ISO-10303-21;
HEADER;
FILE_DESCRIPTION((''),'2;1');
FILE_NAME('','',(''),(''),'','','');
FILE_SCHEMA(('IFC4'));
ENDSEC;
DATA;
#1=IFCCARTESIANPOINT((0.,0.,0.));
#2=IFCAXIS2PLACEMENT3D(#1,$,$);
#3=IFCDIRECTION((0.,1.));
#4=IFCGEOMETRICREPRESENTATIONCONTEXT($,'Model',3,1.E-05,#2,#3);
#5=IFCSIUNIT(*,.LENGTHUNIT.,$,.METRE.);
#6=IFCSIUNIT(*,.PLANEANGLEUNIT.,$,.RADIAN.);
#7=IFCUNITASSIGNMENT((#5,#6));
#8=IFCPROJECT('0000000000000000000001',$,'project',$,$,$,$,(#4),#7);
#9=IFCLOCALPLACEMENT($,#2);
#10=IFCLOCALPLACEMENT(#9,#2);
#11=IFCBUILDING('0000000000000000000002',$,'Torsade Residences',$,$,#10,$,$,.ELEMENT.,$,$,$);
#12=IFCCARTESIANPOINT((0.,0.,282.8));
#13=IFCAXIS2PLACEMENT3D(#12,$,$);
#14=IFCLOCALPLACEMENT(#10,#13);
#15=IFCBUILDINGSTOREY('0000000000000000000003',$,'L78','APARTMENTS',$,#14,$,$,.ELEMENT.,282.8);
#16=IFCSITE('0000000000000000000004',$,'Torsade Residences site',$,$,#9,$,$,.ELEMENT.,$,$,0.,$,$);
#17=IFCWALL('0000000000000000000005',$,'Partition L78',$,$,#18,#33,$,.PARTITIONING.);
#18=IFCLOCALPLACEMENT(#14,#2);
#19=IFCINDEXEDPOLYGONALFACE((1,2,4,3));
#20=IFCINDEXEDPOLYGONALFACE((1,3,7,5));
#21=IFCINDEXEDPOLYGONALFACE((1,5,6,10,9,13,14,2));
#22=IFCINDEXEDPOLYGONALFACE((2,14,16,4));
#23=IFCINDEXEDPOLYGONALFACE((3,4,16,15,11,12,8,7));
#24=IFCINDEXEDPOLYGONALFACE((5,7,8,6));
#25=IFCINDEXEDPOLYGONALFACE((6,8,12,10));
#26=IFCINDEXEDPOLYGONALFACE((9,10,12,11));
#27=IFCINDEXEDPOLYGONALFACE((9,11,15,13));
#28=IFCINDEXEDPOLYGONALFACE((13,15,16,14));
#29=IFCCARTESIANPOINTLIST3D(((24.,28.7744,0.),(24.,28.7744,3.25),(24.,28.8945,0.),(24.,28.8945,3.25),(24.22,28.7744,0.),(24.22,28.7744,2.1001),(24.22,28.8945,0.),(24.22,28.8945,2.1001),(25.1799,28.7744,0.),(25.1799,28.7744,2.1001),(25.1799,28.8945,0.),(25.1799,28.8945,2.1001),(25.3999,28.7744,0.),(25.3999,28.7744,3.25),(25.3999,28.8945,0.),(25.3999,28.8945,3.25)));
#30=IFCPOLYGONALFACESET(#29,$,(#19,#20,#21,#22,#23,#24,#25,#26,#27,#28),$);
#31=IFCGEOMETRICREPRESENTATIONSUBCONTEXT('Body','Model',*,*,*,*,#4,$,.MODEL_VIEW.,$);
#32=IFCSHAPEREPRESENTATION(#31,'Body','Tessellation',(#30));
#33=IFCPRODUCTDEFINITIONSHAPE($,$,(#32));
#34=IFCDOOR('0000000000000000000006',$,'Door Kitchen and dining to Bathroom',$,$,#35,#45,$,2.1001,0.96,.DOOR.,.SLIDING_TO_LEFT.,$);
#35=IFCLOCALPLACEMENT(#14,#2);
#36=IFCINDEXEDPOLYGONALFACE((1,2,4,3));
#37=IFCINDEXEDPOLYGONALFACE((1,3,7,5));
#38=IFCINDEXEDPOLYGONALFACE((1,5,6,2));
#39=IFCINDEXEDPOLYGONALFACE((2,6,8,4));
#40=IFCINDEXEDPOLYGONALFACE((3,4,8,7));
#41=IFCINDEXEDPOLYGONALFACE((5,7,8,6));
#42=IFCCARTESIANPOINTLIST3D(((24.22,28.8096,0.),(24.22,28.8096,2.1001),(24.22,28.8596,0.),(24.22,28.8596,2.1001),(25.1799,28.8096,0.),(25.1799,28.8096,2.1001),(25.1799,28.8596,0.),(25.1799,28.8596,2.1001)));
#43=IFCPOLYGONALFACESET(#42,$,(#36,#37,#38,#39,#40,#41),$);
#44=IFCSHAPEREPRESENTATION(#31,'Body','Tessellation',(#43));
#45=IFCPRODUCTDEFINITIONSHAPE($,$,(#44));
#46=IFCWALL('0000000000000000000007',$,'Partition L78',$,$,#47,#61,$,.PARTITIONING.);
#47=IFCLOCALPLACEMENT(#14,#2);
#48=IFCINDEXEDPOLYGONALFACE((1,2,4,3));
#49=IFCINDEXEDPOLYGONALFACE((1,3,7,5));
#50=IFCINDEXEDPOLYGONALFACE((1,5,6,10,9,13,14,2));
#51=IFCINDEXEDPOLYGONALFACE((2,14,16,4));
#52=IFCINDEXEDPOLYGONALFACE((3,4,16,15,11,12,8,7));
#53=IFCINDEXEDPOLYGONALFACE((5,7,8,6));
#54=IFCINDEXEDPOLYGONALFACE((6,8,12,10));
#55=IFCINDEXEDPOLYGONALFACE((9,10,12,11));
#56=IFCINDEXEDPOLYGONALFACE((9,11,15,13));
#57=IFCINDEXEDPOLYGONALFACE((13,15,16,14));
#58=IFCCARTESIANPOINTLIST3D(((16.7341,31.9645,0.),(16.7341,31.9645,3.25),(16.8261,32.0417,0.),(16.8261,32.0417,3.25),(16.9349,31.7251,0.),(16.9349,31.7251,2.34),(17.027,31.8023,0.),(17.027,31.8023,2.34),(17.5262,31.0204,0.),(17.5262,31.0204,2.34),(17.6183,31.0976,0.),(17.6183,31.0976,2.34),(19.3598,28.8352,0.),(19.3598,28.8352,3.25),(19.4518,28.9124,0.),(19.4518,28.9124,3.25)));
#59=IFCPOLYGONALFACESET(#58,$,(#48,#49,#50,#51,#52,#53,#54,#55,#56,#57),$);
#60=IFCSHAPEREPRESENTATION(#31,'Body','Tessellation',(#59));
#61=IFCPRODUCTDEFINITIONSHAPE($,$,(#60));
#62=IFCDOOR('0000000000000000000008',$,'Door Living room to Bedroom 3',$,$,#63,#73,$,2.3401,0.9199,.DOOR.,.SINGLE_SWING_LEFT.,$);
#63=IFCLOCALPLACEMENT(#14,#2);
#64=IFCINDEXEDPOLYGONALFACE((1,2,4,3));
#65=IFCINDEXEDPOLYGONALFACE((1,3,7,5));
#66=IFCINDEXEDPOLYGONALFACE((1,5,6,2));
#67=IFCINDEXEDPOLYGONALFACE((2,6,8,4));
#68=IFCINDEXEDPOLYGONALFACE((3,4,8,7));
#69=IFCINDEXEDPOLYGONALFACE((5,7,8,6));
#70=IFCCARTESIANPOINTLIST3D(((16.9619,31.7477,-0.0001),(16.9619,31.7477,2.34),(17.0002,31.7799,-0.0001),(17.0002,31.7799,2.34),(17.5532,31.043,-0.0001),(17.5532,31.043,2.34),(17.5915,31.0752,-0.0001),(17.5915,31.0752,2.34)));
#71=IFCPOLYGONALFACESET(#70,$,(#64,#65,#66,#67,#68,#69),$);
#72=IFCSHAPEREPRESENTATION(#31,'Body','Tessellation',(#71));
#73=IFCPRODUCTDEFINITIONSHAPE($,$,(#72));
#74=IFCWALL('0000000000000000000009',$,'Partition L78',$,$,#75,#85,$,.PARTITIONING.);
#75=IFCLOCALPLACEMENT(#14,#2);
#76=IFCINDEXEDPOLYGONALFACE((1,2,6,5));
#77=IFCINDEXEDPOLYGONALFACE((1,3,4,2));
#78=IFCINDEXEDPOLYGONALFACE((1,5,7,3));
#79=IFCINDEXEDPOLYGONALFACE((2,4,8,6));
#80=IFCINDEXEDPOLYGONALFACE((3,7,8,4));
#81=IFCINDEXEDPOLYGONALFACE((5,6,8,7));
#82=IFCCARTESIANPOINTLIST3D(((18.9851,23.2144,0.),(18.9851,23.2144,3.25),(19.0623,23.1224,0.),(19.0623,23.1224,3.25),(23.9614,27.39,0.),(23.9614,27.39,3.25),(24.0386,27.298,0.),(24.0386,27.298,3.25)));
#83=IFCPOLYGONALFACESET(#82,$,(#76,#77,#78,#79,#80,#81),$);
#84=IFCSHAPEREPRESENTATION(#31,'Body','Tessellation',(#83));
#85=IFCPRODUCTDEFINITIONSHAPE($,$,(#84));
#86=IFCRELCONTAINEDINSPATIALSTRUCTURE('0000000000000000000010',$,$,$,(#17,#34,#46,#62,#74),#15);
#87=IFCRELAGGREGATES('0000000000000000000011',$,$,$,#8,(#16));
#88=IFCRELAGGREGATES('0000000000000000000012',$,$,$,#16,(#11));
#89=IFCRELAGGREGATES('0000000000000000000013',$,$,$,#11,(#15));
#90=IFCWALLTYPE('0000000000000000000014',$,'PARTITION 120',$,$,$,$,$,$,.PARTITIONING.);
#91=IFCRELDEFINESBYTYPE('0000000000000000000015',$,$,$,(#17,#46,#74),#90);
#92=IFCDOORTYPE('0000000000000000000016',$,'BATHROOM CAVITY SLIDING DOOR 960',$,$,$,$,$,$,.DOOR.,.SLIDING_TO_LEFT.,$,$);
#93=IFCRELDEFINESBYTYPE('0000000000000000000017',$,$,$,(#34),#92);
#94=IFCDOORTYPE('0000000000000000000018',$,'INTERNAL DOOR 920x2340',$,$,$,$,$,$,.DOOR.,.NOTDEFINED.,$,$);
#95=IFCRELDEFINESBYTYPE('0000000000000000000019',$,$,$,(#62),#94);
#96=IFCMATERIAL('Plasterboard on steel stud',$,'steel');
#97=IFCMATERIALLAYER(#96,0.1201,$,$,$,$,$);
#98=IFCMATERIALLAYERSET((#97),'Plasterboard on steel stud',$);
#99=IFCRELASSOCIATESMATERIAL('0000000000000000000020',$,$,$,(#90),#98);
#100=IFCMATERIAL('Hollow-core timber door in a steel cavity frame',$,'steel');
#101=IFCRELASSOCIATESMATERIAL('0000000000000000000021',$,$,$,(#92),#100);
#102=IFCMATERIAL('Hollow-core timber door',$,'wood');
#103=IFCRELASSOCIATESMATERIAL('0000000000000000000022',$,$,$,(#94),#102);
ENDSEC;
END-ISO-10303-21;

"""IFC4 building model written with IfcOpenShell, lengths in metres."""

from ifc_helpers import new_model, si_unit, direction, frame, frame_2d, origin, place, context, subcontext, project, spatial, rectangle, extrude, material, layer, layer_set, type_object, element, fill, save


model = new_model("IFC4")

# Units and contexts
model_context = context("Model", 3, precision=1e-05, world=origin(), true_north=direction((0.0, 1.0)))
body_context = subcontext(model_context, "Body", "Model", "MODEL_VIEW")
ifc_project = project(units=[si_unit("LENGTHUNIT", "METRE"), si_unit("PLANEANGLEUNIT", "RADIAN")], contexts=[model_context])

# Site, building, storey
site_placement = place(None, origin())
site = spatial("IfcSite", under=ifc_project, at=site_placement, Name="Torsade Residences site", CompositionType="ELEMENT", RefElevation=0.0)
building_placement = place(site_placement, origin())
building = spatial("IfcBuilding", under=site, at=building_placement, Name="Torsade Residences", CompositionType="ELEMENT")
storey_placement = place(building_placement, frame((0.0, 0.0, 282.8)))
storey = spatial("IfcBuildingStorey", under=building, at=storey_placement, Name="L78", Description="APARTMENTS", CompositionType="ELEMENT", Elevation=282.8)

# Walls, openings, doors
ifc_material_1 = material(Name="Plasterboard on steel stud", Category="steel")
ifc_layer_1 = layer(ifc_material_1, 0.1201)
ifc_layer_set_1 = layer_set([ifc_layer_1], Name="Plasterboard on steel stud")
wall_type_1 = type_object("IfcWallType", Name="PARTITION 120", PredefinedType="PARTITIONING", material=ifc_layer_set_1)
wall_1_placement = place(storey_placement, frame((25.3999, 28.8345, 0.0), z_axis=(0.0, 0.0, 1.0), x_axis=(-1.0, 0.0, 0.0)))
wall_1 = element("IfcWall", 1, at=wall_1_placement, inside=storey, type_object=wall_type_1, Name="Partition L78", PredefinedType="PARTITIONING", context=body_context, shape_type="SweptSolid", body=[
    extrude(rectangle(XDim=1.3999, YDim=0.1201, at=frame_2d((0.7, 0.0))), origin(), (0.0, 0.0, 1.0), 3.25),
])
opening_1_placement = place(wall_1_placement, frame((0.22, 0.0, 0.0)))
opening_1 = element("IfcOpeningElement", 2, at=opening_1_placement, cuts=wall_1, PredefinedType="OPENING", context=body_context, shape_type="SweptSolid", body=[
    extrude(rectangle(XDim=0.96, YDim=2.1001, at=frame_2d((0.48, 1.05))), frame((0.0, 0.0701, 0.0), z_axis=(0.0, -1.0, 0.0), x_axis=(1.0, 0.0, 0.0)), (0.0, 0.0, 1.0), 0.1401),
])
ifc_material_2 = material(Name="Hollow-core timber door in a steel cavity frame", Category="steel")
door_type_1 = type_object("IfcDoorType", Name="BATHROOM CAVITY SLIDING DOOR 960", OperationType="SLIDING_TO_LEFT", PredefinedType="DOOR", material=ifc_material_2)
door_1_placement = place(opening_1_placement, origin())
door_1 = element("IfcDoor", 3, at=door_1_placement, inside=storey, type_object=door_type_1, Name="Door Kitchen and dining to Bathroom", OperationType="SLIDING_TO_LEFT", OverallHeight=2.1001, OverallWidth=0.96, PredefinedType="DOOR", context=body_context, shape_type="SweptSolid", body=[
    extrude(rectangle(XDim=0.96, YDim=2.1001, at=frame_2d((0.48, 1.05))), frame((0.0, 0.0249, 0.0), z_axis=(0.0, -1.0, 0.0), x_axis=(1.0, 0.0, 0.0)), (0.0, 0.0, 1.0), 0.05),
])
fill(opening_1, door_1)
wall_2_placement = place(storey_placement, frame((19.4058, 28.8738, 0.0), z_axis=(0.0, 0.0, 1.0), x_axis=(-0.642767, 0.766061, 0.0)))
wall_2 = element("IfcWall", 4, at=wall_2_placement, inside=storey, type_object=wall_type_1, Name="Partition L78", PredefinedType="PARTITIONING", context=body_context, shape_type="SweptSolid", body=[
    extrude(rectangle(XDim=4.085, YDim=0.1201, at=frame_2d((2.0425, 0.0))), origin(), (0.0, 0.0, 1.0), 3.25),
])
opening_2_placement = place(wall_2_placement, frame((2.8525, 0.0, 0.0)))
opening_2 = element("IfcOpeningElement", 5, at=opening_2_placement, cuts=wall_2, PredefinedType="OPENING", context=body_context, shape_type="SweptSolid", body=[
    extrude(rectangle(XDim=0.9199, YDim=2.3401, at=frame_2d((0.46, 1.1699))), frame((0.0, 0.0701, 0.0), z_axis=(0.0, -1.0, 0.0), x_axis=(1.0, 0.0, 0.0)), (0.0, 0.0, 1.0), 0.1401),
])
ifc_material_3 = material(Name="Hollow-core timber door", Category="wood")
door_type_2 = type_object("IfcDoorType", Name="INTERNAL DOOR 920x2340", OperationType="NOTDEFINED", PredefinedType="DOOR", material=ifc_material_3)
door_2_placement = place(opening_2_placement, origin())
door_2 = element("IfcDoor", 6, at=door_2_placement, inside=storey, type_object=door_type_2, Name="Door Living room to Bedroom 3", OperationType="SINGLE_SWING_LEFT", OverallHeight=2.3401, OverallWidth=0.9199, PredefinedType="DOOR", context=body_context, shape_type="SweptSolid", body=[
    extrude(rectangle(XDim=0.9199, YDim=2.3401, at=frame_2d((0.46, 1.1699))), frame((0.0, 0.0249, 0.0), z_axis=(0.0, -1.0, 0.0), x_axis=(1.0, 0.0, 0.0)), (0.0, 0.0, 1.0), 0.05),
])
fill(opening_2, door_2)

# Wall
wall_3_placement = place(storey_placement, frame((24.0, 27.344, 0.0), z_axis=(0.0, 0.0, 1.0), x_axis=(-0.766051, -0.642779, 0.0)))
element("IfcWall", 7, at=wall_3_placement, inside=storey, type_object=wall_type_1, Name="Partition L78", PredefinedType="PARTITIONING", context=body_context, shape_type="SweptSolid", body=[
    extrude(rectangle(XDim=6.4961, YDim=0.1201, at=frame_2d((3.248, 0.0))), origin(), (0.0, 0.0, 1.0), 3.25),
])

save(model, "model.ifc")
